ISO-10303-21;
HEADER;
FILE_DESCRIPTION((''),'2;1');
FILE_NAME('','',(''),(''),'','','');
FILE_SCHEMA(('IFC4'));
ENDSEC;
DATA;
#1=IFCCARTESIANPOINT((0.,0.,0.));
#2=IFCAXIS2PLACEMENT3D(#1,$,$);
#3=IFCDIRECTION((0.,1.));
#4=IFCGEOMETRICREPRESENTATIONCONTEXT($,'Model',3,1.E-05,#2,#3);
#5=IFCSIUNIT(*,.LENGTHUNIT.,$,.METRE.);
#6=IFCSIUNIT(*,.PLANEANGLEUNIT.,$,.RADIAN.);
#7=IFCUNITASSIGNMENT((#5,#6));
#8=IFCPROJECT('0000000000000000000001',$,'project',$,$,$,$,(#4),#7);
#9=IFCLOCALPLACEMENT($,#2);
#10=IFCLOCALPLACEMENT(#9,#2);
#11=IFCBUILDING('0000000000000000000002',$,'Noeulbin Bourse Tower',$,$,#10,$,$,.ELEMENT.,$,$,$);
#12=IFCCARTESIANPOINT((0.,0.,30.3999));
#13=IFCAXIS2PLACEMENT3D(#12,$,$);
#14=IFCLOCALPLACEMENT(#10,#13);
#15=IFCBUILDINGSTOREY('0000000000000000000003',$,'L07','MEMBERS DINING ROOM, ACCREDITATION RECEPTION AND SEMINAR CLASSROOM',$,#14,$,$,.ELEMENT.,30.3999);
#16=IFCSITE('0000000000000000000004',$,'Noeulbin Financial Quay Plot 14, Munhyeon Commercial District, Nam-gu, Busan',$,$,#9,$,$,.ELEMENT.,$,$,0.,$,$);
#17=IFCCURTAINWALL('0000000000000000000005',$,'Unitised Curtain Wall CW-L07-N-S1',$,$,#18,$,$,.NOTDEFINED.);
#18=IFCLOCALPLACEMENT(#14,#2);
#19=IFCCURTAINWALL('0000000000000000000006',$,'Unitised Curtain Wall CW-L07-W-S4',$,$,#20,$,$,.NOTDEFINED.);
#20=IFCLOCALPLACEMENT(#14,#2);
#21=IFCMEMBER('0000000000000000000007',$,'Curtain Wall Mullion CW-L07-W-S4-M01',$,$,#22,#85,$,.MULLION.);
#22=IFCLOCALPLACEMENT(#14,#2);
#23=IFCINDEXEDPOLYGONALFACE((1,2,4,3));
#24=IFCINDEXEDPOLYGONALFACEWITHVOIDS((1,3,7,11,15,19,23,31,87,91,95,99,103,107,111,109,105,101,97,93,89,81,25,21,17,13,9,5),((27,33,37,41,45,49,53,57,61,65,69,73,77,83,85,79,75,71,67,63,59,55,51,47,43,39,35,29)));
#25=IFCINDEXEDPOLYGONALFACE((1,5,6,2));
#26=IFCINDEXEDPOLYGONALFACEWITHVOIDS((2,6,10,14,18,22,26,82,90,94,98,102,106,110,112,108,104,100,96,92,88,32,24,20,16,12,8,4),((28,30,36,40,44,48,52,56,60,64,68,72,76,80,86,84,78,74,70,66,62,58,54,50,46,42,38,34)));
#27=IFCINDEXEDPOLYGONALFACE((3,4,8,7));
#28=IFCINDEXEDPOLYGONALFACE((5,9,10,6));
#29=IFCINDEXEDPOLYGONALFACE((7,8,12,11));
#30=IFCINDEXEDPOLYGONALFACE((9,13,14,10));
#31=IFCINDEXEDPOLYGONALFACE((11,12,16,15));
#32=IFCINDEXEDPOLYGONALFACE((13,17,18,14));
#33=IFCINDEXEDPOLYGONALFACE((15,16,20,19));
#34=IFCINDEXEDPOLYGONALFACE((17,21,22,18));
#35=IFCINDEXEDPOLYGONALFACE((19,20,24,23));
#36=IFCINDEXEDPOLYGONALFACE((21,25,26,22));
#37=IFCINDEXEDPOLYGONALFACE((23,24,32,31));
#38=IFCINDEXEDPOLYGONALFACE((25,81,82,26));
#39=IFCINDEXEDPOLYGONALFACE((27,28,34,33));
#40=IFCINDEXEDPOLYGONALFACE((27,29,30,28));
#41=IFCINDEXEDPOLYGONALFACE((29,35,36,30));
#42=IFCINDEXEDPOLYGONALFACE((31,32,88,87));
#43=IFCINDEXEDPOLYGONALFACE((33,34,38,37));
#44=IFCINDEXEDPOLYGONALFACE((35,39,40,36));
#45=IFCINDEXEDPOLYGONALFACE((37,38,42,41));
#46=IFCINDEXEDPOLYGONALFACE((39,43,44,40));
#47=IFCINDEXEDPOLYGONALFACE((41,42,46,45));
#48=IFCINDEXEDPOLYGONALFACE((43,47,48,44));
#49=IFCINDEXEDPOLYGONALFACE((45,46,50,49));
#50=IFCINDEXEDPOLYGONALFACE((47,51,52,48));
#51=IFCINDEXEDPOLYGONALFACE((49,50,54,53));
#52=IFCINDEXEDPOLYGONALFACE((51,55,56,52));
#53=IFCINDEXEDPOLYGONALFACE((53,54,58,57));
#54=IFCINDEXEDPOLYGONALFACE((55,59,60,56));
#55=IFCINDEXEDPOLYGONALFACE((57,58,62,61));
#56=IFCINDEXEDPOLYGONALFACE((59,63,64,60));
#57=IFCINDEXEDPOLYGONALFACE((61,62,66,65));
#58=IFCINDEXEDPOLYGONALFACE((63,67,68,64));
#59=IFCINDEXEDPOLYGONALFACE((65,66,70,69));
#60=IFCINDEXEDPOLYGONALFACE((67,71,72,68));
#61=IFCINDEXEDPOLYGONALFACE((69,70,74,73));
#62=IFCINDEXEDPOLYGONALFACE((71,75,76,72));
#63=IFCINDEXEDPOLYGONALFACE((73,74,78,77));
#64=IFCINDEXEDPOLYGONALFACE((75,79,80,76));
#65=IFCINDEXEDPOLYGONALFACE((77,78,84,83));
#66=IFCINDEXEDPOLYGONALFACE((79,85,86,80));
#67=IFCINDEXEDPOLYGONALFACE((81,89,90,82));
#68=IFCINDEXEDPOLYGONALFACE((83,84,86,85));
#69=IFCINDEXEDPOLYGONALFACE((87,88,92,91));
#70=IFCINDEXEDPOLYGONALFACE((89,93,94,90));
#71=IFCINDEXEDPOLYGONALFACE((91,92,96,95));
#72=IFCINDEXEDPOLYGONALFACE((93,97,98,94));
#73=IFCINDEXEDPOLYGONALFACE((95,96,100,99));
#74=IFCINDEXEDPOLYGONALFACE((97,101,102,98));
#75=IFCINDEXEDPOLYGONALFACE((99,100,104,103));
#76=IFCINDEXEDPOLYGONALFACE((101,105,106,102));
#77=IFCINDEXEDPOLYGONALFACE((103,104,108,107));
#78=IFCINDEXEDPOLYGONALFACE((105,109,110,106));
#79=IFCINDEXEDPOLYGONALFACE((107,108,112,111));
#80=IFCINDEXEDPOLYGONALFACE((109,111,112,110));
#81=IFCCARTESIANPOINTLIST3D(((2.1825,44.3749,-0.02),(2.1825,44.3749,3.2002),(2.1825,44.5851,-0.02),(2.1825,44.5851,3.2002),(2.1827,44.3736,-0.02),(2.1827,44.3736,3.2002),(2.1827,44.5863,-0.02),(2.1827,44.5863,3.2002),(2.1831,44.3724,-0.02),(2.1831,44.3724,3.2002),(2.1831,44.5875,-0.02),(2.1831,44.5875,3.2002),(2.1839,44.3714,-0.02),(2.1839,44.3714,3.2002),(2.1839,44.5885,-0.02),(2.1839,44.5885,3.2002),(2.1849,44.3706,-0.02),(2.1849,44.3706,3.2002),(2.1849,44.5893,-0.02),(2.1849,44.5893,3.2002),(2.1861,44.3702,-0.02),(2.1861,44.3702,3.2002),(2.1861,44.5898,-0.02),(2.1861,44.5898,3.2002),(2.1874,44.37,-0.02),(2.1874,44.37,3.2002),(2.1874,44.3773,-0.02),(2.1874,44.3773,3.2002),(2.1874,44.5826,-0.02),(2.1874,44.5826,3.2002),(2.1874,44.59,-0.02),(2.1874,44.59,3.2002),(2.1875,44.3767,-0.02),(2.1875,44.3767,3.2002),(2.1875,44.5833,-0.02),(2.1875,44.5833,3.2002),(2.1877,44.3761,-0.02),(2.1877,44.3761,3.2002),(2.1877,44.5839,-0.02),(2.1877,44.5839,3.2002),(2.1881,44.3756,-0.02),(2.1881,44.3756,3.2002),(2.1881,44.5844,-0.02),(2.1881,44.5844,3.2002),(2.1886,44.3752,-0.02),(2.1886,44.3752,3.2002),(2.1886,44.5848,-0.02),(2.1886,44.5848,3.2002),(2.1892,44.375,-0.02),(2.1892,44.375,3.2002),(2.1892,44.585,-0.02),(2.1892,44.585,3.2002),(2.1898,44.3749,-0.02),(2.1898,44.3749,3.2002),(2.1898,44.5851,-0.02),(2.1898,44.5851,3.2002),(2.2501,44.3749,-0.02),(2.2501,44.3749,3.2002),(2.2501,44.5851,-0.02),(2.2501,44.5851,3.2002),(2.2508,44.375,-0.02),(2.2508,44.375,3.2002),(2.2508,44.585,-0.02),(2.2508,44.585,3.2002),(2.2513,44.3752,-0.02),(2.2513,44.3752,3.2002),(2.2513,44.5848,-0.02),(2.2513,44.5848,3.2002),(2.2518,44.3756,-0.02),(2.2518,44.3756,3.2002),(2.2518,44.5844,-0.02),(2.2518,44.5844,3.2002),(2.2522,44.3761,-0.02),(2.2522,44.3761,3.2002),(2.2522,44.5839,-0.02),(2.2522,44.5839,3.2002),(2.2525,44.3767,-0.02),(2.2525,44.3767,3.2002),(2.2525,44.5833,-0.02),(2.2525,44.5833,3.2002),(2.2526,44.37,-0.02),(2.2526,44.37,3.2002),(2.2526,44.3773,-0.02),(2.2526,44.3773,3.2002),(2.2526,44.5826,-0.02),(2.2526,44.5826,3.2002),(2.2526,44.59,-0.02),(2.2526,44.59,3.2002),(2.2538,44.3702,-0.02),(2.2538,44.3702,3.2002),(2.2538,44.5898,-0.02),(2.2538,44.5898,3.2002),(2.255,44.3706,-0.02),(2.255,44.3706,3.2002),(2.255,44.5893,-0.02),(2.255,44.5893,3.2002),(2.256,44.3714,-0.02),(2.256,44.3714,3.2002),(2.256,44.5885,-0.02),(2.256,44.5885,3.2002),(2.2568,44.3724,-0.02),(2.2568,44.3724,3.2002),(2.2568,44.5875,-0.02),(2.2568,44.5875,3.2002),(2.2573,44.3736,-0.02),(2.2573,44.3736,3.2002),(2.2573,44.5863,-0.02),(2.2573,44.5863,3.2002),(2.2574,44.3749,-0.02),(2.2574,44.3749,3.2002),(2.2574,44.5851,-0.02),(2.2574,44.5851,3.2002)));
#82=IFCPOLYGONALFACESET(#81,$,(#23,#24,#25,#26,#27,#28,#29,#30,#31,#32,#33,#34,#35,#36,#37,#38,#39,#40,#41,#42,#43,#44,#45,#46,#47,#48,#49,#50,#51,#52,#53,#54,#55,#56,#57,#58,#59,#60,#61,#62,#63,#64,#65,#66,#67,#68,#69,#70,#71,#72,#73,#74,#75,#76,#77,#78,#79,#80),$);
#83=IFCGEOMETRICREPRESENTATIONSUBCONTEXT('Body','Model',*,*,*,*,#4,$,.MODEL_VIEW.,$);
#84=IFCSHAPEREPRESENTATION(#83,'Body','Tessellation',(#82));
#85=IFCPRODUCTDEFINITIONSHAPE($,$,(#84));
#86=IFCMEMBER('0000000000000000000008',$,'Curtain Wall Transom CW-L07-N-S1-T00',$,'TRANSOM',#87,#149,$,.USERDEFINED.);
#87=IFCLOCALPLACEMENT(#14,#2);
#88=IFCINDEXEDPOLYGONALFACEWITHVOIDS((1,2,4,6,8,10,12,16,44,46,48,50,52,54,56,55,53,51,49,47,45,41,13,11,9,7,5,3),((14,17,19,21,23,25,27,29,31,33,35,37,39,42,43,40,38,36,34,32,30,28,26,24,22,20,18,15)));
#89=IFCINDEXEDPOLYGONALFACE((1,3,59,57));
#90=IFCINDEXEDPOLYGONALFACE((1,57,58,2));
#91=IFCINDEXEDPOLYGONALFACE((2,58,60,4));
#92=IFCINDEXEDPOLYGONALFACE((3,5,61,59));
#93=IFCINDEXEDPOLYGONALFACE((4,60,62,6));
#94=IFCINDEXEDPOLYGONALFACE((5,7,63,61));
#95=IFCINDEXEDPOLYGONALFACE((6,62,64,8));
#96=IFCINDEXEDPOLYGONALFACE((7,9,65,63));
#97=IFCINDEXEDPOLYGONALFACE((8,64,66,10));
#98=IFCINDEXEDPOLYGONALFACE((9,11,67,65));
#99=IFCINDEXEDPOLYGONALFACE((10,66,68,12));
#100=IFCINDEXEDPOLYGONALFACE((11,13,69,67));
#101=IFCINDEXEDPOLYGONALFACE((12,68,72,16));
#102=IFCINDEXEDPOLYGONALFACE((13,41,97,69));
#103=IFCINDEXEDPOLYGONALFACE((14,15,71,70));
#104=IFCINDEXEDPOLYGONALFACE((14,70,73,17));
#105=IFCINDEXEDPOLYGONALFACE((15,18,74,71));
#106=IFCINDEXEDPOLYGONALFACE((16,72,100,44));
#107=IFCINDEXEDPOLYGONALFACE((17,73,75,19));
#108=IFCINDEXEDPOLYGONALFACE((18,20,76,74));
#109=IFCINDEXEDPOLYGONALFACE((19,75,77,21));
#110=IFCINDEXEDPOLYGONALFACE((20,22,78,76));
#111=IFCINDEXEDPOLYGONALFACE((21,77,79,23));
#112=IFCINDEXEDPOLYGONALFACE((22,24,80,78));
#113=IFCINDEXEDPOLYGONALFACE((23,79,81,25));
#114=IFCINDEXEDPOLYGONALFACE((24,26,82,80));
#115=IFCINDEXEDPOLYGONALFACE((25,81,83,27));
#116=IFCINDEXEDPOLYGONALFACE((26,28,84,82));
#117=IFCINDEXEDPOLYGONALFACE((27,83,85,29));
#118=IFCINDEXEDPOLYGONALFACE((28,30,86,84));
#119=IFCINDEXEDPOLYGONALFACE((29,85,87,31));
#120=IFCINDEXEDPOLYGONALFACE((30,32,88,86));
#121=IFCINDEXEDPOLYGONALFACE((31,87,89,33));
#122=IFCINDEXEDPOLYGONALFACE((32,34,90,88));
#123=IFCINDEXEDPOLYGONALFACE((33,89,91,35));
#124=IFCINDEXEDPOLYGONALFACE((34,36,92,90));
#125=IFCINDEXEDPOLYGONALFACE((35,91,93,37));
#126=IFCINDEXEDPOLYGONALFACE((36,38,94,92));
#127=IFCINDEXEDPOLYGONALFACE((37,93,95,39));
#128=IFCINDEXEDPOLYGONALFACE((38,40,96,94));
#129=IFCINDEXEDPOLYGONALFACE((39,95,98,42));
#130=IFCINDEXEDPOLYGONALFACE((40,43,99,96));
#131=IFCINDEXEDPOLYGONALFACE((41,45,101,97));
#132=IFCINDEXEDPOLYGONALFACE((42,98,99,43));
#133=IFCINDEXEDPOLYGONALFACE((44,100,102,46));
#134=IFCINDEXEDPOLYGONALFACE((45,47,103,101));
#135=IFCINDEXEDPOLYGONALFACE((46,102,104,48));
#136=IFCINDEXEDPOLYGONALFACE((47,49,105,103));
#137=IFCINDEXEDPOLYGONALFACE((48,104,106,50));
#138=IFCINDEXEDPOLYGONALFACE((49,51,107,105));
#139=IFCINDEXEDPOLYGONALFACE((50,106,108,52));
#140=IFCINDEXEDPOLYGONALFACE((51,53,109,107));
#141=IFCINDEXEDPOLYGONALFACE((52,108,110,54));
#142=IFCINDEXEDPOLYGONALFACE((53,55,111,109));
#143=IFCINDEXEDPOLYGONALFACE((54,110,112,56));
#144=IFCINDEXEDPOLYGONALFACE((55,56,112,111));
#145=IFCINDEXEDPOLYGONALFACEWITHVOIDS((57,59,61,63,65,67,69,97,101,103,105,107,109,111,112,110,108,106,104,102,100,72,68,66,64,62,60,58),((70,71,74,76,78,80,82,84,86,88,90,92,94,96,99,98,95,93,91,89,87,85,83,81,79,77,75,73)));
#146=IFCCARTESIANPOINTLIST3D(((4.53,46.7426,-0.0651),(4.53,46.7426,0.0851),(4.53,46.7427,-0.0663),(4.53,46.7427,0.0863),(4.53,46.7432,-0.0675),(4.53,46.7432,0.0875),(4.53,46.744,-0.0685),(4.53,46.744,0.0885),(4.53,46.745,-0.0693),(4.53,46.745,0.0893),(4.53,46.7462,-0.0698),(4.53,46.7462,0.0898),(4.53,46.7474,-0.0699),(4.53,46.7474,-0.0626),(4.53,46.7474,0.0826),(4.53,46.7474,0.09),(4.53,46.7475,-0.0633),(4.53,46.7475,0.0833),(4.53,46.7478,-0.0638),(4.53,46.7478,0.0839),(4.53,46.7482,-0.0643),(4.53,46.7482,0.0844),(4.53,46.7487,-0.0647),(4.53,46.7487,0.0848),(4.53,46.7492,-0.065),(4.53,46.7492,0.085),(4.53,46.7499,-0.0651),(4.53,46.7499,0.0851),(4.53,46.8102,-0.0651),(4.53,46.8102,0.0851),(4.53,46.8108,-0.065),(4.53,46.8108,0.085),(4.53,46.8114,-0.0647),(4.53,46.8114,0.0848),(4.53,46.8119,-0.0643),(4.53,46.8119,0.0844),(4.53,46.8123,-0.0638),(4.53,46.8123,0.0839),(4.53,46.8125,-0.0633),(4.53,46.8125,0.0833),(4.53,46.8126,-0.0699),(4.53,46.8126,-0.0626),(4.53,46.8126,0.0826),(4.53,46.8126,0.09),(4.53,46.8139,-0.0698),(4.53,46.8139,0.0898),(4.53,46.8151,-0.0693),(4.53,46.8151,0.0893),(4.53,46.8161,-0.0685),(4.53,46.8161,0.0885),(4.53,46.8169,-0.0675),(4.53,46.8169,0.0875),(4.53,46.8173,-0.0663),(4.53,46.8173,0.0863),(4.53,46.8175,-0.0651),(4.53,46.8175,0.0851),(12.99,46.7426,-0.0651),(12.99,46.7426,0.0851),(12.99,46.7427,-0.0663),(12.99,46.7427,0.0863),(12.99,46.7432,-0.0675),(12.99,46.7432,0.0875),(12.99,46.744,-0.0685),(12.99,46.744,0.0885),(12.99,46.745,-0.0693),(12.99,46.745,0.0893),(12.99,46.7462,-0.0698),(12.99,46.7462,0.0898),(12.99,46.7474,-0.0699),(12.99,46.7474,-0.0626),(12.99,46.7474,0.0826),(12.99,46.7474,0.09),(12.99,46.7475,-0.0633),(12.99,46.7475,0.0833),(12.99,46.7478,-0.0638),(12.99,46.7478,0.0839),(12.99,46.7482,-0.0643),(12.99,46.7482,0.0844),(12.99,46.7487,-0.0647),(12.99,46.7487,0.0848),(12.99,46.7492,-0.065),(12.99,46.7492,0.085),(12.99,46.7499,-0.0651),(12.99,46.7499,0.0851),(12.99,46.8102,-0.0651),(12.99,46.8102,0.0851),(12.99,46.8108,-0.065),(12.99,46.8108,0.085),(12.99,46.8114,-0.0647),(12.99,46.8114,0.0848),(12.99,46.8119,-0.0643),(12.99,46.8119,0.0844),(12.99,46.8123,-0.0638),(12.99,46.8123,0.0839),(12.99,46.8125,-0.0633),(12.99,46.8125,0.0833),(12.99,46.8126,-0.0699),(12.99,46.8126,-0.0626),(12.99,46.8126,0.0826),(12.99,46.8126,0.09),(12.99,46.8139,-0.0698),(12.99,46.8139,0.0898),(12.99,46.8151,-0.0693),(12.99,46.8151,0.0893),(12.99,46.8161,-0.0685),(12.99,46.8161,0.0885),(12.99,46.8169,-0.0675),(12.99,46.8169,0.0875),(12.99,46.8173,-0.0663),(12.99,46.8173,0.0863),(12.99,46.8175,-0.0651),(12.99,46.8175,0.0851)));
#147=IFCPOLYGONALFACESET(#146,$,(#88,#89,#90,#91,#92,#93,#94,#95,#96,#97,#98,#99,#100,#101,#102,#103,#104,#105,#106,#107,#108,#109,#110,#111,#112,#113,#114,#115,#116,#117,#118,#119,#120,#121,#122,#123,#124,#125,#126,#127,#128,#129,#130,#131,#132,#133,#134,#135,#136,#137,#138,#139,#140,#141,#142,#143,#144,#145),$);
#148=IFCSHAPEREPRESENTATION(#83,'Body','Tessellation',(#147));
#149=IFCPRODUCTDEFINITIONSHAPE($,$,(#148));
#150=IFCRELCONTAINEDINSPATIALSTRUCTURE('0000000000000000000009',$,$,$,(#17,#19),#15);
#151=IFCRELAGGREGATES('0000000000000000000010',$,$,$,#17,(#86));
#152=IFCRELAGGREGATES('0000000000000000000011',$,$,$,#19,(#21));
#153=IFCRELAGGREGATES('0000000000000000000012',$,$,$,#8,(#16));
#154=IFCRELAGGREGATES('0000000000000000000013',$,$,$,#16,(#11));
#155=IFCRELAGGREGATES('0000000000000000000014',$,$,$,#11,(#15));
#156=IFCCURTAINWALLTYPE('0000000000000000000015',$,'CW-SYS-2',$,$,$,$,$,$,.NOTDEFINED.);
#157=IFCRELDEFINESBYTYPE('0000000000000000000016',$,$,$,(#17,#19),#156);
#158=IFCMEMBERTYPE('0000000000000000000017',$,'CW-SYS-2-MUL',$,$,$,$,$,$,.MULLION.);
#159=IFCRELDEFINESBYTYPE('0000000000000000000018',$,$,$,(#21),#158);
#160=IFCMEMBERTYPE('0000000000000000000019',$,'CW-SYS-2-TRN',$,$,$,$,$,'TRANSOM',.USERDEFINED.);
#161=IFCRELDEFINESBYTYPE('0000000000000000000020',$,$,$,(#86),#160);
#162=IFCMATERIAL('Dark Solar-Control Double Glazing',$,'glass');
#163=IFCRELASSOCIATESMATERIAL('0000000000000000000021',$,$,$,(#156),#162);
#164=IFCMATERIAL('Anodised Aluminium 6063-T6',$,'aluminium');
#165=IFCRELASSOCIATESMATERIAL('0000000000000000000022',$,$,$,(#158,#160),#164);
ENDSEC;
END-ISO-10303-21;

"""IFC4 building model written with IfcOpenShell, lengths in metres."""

from ifc_helpers import new_model, si_unit, direction, frame, origin, origin_2d, place, context, subcontext, project, spatial, hollow_rectangle, extrude, material, material_profile, profile_set, type_object, element, aggregate, save


model = new_model("IFC4")

# Units and contexts
model_context = context("Model", 3, precision=1e-05, world=origin(), true_north=direction((0.0, 1.0)))
body_context = subcontext(model_context, "Body", "Model", "MODEL_VIEW")
ifc_project = project(units=[si_unit("LENGTHUNIT", "METRE"), si_unit("PLANEANGLEUNIT", "RADIAN")], contexts=[model_context])

# Site, building, storey
site_placement = place(None, origin())
site = spatial("IfcSite", under=ifc_project, at=site_placement, Name="Noeulbin Financial Quay Plot 14, Munhyeon Commercial District, Nam-gu, Busan", CompositionType="ELEMENT", RefElevation=0.0)
building_placement = place(site_placement, origin())
building = spatial("IfcBuilding", under=site, at=building_placement, Name="Noeulbin Bourse Tower", CompositionType="ELEMENT")
storey_placement = place(building_placement, frame((0.0, 0.0, 30.3999)))
storey = spatial("IfcBuildingStorey", under=building, at=storey_placement, Name="L07", Description="MEMBERS DINING ROOM, ACCREDITATION RECEPTION AND SEMINAR CLASSROOM", CompositionType="ELEMENT", Elevation=30.3999)

# Curtain wall
ifc_material_1 = material(Name="Dark Solar-Control Double Glazing", Category="glass")
curtain_wall_type = type_object("IfcCurtainWallType", Name="CW-SYS-2", PredefinedType="NOTDEFINED", material=ifc_material_1)
curtain_wall_1_placement = place(storey_placement, origin())
curtain_wall_1 = element("IfcCurtainWall", 1, at=curtain_wall_1_placement, inside=storey, type_object=curtain_wall_type, Name="Unitised Curtain Wall CW-L07-N-S1", PredefinedType="NOTDEFINED")
ifc_material_2 = material(Name="Anodised Aluminium 6063-T6", Category="aluminium")
ifc_material_profile_1 = material_profile(ifc_material_2, hollow_rectangle(XDim=0.075, YDim=0.22, WallThickness=0.0049, InnerFilletRadius=0.0024, OuterFilletRadius=0.0049, at=origin_2d()), Name="ALU-MULL-75x220x5", Category="LoadBearing")
ifc_profile_set_1 = profile_set([ifc_material_profile_1], Name="Anodised Aluminium 6063-T6")
member_type_1 = type_object("IfcMemberType", Name="CW-SYS-2-MUL", PredefinedType="MULLION", material=ifc_profile_set_1)

# Curtain wall, member
curtain_wall_2_placement = place(storey_placement, origin())
curtain_wall_2 = element("IfcCurtainWall", 2, at=curtain_wall_2_placement, inside=storey, type_object=curtain_wall_type, Name="Unitised Curtain Wall CW-L07-W-S4", PredefinedType="NOTDEFINED")
member_1_placement = place(storey_placement, frame((2.22, 44.48, -0.02), z_axis=(0.0, 0.0, 1.0), x_axis=(1.0, 0.0, 0.0)))
member_1 = element("IfcMember", 3, at=member_1_placement, type_object=member_type_1, Name="Curtain Wall Mullion CW-L07-W-S4-M01", PredefinedType="MULLION", context=body_context, shape_type="SweptSolid", body=[
    extrude(hollow_rectangle(XDim=0.075, YDim=0.22, WallThickness=0.0049, InnerFilletRadius=0.0024, OuterFilletRadius=0.0049, at=origin_2d()), origin(), (0.0, 0.0, 1.0), 3.2202),
])

# Member
ifc_material_profile_2 = material_profile(ifc_material_2, hollow_rectangle(XDim=0.075, YDim=0.1599, WallThickness=0.0049, InnerFilletRadius=0.0024, OuterFilletRadius=0.0049, at=origin_2d()), Name="ALU-TRAN-75x160x5", Category="LoadBearing")
ifc_profile_set_2 = profile_set([ifc_material_profile_2], Name="Anodised Aluminium 6063-T6")
member_type_2 = type_object("IfcMemberType", Name="CW-SYS-2-TRN", ElementType="TRANSOM", PredefinedType="USERDEFINED", material=ifc_profile_set_2)
member_2_placement = place(storey_placement, frame((4.53, 46.78, 0.01), z_axis=(1.0, 0.0, 0.0), x_axis=(0.0, 1.0, 0.0)))
member_2 = element("IfcMember", 4, at=member_2_placement, type_object=member_type_2, Name="Curtain Wall Transom CW-L07-N-S1-T00", ObjectType="TRANSOM", PredefinedType="USERDEFINED", context=body_context, shape_type="SweptSolid", body=[
    extrude(hollow_rectangle(XDim=0.075, YDim=0.1599, WallThickness=0.0049, InnerFilletRadius=0.0024, OuterFilletRadius=0.0049, at=origin_2d()), origin(), (0.0, 0.0, 1.0), 8.46),
])

aggregate(curtain_wall_1, [member_2])
aggregate(curtain_wall_2, [member_1])

save(model, "model.ifc")
